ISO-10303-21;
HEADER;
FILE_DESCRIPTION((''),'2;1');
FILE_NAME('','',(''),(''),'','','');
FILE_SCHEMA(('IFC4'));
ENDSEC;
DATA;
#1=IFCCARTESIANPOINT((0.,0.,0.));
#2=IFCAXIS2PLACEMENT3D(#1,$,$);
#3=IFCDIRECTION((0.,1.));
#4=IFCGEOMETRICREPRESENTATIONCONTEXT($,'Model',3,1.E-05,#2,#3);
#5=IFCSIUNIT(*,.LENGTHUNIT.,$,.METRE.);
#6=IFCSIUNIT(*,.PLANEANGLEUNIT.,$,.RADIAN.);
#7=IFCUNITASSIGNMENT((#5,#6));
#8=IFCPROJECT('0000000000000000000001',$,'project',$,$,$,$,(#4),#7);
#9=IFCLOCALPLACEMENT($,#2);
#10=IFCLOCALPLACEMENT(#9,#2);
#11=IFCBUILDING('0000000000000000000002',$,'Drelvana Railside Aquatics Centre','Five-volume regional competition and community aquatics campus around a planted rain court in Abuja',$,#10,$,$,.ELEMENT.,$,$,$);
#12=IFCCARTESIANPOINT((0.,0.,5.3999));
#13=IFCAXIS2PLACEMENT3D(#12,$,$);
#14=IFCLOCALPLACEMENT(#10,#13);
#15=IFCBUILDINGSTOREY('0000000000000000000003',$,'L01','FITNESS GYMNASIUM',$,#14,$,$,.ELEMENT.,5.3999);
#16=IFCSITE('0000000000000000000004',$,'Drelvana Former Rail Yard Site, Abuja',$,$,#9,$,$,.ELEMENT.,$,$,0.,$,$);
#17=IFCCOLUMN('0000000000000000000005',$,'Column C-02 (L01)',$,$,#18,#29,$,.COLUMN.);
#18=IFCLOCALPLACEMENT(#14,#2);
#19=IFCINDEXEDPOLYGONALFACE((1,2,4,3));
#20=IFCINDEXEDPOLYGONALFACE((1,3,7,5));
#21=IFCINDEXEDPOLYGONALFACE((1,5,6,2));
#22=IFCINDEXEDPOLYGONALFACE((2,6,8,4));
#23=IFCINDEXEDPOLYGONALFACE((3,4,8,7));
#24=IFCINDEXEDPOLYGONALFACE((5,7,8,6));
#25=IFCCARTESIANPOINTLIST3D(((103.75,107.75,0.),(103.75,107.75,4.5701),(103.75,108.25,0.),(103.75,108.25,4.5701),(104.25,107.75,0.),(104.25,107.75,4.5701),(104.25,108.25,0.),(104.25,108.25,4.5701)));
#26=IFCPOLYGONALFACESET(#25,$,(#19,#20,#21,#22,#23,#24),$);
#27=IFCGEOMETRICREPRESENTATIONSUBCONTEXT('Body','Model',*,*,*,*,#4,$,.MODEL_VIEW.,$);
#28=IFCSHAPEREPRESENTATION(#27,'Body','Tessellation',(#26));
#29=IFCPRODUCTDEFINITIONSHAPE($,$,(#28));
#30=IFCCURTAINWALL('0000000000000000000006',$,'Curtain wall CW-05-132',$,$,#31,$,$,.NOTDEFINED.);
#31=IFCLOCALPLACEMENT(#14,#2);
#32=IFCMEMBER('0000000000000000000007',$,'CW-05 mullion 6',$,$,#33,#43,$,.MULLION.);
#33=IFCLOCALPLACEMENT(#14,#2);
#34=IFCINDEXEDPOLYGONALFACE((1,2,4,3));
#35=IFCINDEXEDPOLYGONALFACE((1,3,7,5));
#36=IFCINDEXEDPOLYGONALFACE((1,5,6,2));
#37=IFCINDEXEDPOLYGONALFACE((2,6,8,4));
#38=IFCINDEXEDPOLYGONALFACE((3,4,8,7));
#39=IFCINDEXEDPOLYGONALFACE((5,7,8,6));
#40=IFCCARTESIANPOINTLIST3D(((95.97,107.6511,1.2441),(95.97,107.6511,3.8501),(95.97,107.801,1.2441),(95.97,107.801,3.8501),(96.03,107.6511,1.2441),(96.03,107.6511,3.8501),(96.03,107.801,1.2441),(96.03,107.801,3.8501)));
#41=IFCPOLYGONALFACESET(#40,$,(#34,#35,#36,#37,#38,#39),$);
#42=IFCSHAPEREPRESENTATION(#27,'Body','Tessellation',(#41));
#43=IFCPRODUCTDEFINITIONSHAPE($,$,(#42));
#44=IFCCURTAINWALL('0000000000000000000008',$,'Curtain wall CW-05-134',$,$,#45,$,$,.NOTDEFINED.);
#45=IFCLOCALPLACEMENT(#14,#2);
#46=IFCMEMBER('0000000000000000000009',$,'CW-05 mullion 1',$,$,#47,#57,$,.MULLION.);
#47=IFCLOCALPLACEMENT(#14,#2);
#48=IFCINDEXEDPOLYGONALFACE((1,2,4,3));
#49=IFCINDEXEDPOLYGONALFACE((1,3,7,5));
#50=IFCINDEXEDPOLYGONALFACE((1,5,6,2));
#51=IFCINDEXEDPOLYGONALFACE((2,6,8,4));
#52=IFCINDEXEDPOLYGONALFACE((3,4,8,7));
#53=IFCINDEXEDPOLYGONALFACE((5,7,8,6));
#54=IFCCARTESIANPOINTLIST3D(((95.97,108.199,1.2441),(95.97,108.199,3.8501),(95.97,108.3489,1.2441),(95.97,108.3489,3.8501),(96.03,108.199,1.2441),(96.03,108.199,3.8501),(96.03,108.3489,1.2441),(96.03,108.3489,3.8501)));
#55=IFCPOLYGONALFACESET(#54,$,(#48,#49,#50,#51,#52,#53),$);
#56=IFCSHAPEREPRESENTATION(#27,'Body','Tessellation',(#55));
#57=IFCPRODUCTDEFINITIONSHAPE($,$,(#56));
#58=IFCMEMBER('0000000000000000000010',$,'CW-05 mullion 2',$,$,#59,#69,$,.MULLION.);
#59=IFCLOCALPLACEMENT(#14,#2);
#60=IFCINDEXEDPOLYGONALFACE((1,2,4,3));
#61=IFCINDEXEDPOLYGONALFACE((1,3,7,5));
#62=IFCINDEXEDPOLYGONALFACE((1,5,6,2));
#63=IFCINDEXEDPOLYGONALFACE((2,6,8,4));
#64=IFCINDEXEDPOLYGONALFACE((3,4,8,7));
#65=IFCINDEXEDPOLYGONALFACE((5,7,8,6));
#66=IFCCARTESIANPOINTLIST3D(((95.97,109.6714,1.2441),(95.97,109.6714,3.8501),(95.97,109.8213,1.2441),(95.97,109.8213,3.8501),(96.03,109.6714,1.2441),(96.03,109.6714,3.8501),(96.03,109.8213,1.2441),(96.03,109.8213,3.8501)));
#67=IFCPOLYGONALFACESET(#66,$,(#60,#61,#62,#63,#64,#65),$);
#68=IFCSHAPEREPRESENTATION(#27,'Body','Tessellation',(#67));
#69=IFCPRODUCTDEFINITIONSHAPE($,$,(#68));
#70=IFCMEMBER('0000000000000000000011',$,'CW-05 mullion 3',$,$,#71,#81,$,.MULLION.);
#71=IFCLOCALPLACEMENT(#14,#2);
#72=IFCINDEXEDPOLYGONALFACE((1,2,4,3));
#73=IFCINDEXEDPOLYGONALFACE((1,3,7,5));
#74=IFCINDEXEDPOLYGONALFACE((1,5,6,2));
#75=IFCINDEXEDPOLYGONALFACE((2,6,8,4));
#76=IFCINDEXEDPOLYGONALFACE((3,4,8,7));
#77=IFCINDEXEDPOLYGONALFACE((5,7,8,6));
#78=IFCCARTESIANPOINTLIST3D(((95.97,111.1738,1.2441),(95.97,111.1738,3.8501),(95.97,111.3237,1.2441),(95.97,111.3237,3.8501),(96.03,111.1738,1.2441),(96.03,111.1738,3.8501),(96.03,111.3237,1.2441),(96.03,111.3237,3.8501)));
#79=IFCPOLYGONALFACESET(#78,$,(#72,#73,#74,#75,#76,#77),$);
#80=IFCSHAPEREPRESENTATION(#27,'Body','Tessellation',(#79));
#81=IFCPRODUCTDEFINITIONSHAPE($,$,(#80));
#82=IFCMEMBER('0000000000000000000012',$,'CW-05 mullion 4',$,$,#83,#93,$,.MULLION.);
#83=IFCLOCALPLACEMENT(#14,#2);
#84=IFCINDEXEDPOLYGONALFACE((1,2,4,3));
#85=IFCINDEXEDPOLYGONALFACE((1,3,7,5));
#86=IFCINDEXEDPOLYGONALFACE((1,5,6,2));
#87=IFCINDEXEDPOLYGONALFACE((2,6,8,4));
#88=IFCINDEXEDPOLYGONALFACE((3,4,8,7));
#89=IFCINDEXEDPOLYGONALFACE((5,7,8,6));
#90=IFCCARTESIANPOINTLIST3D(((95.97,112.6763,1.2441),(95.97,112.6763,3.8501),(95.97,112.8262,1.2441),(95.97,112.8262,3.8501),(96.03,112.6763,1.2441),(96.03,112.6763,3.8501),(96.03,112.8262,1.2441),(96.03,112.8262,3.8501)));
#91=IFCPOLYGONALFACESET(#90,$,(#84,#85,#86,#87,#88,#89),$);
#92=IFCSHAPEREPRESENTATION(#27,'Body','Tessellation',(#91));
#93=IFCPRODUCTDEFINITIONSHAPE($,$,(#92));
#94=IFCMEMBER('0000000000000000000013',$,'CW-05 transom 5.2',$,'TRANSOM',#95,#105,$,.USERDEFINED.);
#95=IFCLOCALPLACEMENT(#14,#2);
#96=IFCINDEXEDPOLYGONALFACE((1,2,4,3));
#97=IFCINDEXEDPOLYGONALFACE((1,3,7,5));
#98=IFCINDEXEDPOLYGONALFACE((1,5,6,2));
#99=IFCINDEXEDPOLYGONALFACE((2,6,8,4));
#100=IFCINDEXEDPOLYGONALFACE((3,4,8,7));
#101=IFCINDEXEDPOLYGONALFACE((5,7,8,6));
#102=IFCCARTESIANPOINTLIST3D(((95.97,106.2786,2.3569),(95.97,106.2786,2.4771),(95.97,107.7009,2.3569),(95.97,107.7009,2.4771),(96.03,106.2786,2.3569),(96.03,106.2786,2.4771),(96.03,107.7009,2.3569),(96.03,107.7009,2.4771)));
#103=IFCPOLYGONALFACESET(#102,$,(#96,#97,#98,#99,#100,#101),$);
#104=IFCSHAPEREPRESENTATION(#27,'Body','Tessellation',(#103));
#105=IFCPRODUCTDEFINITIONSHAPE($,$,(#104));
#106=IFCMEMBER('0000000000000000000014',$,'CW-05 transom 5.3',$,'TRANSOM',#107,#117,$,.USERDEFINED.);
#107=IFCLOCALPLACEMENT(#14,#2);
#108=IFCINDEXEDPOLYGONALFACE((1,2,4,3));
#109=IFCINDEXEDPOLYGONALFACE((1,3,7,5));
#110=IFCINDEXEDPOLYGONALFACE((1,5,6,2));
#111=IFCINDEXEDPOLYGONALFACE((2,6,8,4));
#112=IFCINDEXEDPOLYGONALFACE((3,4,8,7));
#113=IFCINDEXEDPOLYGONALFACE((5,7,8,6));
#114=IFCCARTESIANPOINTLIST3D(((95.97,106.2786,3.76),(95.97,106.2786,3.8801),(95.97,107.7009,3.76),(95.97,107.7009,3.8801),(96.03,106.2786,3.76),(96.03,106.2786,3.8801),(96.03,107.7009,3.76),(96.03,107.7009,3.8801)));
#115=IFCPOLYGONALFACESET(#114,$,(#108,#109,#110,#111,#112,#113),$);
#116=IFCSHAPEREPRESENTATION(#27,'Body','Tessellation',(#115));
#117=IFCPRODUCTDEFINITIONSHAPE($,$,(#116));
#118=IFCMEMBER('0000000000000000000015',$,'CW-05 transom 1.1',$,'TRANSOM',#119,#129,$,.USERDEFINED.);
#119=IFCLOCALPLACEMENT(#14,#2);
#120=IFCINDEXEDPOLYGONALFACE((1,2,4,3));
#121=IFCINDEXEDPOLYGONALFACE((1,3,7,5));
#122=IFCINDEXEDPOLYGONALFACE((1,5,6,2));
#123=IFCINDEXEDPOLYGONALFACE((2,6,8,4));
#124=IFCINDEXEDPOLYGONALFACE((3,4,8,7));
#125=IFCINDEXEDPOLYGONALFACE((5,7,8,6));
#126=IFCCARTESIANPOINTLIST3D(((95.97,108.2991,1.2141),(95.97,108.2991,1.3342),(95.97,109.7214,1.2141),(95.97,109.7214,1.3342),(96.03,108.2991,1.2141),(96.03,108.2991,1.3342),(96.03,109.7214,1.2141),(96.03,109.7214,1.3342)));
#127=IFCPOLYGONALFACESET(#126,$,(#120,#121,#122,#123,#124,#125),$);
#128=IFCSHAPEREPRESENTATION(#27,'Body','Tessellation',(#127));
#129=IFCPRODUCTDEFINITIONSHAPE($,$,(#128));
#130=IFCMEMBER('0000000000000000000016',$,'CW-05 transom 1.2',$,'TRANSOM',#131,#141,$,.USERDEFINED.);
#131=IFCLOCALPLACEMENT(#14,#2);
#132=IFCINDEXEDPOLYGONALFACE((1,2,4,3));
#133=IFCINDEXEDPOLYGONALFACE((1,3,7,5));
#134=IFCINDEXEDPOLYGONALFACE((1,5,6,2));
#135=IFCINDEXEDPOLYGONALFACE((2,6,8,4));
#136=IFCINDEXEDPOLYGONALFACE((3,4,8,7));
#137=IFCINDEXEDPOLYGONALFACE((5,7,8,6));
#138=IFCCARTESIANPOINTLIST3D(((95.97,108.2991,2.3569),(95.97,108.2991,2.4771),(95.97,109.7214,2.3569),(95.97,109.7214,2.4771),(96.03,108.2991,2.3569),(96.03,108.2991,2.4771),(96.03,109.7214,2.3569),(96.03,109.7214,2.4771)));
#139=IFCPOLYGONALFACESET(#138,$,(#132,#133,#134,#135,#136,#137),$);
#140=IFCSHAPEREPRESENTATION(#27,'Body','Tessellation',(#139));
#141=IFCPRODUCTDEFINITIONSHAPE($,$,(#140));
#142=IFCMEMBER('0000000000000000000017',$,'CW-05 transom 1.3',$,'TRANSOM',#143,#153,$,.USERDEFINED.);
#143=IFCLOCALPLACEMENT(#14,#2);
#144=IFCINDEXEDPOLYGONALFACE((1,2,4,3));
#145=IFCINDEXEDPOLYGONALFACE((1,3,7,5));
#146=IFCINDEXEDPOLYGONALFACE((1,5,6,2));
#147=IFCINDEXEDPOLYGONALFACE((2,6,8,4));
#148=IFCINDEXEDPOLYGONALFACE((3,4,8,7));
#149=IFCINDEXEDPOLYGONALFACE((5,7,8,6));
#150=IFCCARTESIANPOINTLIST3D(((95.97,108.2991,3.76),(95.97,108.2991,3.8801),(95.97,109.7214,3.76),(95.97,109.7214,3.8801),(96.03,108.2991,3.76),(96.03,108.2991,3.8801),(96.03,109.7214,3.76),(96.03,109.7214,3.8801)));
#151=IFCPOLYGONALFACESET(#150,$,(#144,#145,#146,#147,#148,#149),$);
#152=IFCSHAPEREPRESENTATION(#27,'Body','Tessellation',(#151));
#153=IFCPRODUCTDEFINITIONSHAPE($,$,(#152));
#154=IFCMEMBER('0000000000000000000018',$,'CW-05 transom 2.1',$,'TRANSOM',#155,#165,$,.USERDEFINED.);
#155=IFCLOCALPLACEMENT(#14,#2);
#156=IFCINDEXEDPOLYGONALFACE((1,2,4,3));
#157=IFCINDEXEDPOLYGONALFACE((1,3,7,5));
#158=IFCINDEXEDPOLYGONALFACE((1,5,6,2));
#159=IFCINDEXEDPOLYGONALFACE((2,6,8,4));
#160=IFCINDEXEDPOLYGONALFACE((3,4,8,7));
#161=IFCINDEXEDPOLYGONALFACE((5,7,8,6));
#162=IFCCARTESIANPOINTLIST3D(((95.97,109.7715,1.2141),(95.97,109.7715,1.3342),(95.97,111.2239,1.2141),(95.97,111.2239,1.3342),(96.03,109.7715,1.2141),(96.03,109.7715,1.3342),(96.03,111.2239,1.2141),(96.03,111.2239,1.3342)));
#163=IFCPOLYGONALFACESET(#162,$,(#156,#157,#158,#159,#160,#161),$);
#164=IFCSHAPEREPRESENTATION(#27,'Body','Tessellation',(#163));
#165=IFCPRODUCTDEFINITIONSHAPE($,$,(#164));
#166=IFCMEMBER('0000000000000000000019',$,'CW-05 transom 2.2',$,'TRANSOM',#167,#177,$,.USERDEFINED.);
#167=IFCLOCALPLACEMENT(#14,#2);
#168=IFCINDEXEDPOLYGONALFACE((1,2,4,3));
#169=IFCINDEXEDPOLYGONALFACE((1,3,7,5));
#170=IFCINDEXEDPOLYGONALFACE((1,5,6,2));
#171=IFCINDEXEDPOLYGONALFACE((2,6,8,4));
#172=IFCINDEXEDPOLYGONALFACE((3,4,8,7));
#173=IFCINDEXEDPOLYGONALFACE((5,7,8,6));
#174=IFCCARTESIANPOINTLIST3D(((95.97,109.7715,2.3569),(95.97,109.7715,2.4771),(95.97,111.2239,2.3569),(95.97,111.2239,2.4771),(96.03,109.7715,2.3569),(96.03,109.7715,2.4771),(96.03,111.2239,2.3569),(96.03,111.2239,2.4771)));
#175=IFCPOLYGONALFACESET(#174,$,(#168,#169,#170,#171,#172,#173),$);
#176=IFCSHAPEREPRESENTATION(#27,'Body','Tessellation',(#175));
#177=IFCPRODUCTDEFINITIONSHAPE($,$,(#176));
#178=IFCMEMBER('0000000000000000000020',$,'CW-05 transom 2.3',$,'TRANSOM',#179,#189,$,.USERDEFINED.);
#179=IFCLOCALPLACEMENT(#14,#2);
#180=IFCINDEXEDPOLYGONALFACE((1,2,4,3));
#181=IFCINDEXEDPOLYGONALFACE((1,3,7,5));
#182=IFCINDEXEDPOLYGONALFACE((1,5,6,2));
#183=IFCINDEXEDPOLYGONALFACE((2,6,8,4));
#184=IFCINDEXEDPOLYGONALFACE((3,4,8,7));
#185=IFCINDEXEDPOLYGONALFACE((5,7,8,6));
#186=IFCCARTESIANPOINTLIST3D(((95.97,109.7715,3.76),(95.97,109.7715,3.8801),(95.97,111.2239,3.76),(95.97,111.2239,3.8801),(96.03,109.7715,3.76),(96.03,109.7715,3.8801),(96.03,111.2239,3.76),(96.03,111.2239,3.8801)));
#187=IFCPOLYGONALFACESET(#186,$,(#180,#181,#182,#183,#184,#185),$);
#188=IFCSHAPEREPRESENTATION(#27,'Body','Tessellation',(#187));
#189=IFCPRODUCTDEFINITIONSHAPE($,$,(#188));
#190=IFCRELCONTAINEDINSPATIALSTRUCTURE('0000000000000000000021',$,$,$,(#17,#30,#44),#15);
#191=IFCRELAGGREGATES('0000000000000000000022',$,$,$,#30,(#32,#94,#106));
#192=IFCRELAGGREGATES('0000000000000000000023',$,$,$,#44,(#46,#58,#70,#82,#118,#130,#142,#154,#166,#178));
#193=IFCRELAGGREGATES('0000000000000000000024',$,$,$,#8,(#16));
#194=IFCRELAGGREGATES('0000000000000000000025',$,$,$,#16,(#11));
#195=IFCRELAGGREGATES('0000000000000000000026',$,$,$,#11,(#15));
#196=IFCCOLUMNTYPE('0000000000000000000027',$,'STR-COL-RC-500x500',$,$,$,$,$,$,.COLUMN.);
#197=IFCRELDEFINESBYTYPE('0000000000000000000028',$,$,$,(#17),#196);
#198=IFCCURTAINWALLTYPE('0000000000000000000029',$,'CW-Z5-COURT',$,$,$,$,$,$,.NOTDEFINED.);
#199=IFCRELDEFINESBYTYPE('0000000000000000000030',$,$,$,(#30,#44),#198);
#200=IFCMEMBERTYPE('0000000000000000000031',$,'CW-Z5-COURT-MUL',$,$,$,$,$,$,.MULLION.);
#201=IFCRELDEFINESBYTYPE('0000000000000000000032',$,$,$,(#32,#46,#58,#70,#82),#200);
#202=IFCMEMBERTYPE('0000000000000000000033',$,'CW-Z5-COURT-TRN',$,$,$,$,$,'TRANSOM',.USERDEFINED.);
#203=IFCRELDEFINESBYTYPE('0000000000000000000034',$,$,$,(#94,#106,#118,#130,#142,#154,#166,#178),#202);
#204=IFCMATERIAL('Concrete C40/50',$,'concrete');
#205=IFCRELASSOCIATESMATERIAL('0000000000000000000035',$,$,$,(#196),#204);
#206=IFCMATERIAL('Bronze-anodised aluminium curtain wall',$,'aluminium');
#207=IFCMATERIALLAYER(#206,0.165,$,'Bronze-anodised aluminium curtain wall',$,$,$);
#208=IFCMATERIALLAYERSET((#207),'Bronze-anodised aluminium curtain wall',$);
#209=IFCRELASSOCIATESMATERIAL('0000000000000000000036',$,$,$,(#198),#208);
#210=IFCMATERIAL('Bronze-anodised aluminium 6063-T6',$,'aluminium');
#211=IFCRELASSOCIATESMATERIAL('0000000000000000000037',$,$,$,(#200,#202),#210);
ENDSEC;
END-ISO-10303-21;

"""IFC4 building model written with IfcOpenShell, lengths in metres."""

from ifc_helpers import new_model, si_unit, direction, frame, origin, origin_2d, place, context, subcontext, project, spatial, rectangle, extrude, material, layer, layer_set, material_profile, profile_set, type_object, element, aggregate, save


model = new_model("IFC4")

# Units and contexts
model_context = context("Model", 3, precision=1e-05, world=origin(), true_north=direction((0.0, 1.0)))
body_context = subcontext(model_context, "Body", "Model", "MODEL_VIEW")
ifc_project = project(units=[si_unit("LENGTHUNIT", "METRE"), si_unit("PLANEANGLEUNIT", "RADIAN")], contexts=[model_context])

# Site, building, storey
site_placement = place(None, origin())
site = spatial("IfcSite", under=ifc_project, at=site_placement, Name="Drelvana Former Rail Yard Site, Abuja", CompositionType="ELEMENT", RefElevation=0.0)
building_placement = place(site_placement, origin())
building = spatial("IfcBuilding", under=site, at=building_placement, Name="Drelvana Railside Aquatics Centre", Description="Five-volume regional competition and community aquatics campus around a planted rain court in Abuja", CompositionType="ELEMENT")
storey_placement = place(building_placement, frame((0.0, 0.0, 5.3999)))
storey = spatial("IfcBuildingStorey", under=building, at=storey_placement, Name="L01", Description="FITNESS GYMNASIUM", CompositionType="ELEMENT", Elevation=5.3999)

# Column
ifc_material_1 = material(Name="Concrete C40/50", Category="concrete")
ifc_material_profile_1 = material_profile(ifc_material_1, rectangle(XDim=0.5, YDim=0.5, at=origin_2d()), Name="RC 500x500")
ifc_profile_set_1 = profile_set([ifc_material_profile_1], Name="Concrete C40/50")
column_type = type_object("IfcColumnType", Name="STR-COL-RC-500x500", PredefinedType="COLUMN", material=ifc_profile_set_1)
column_placement = place(storey_placement, frame((104.0, 108.0, 0.0), z_axis=(0.0, 0.0, 1.0), x_axis=(1.0, 0.0, 0.0)))
element("IfcColumn", 1, at=column_placement, inside=storey, type_object=column_type, Name="Column C-02 (L01)", PredefinedType="COLUMN", context=body_context, shape_type="SweptSolid", body=[
    extrude(rectangle(XDim=0.5, YDim=0.5, at=origin_2d()), origin(), (0.0, 0.0, 1.0), 4.5701),
])

# Curtain wall, member
ifc_material_2 = material(Name="Bronze-anodised aluminium curtain wall", Category="aluminium")
ifc_layer_1 = layer(ifc_material_2, 0.165, Name="Bronze-anodised aluminium curtain wall")
ifc_layer_set_1 = layer_set([ifc_layer_1], Name="Bronze-anodised aluminium curtain wall")
curtain_wall_type = type_object("IfcCurtainWallType", Name="CW-Z5-COURT", PredefinedType="NOTDEFINED", material=ifc_layer_set_1)
curtain_wall_1_placement = place(storey_placement, origin())
curtain_wall_1 = element("IfcCurtainWall", 2, at=curtain_wall_1_placement, inside=storey, type_object=curtain_wall_type, Name="Curtain wall CW-05-132", PredefinedType="NOTDEFINED")
ifc_material_3 = material(Name="Bronze-anodised aluminium 6063-T6", Category="aluminium")
ifc_material_profile_2 = material_profile(ifc_material_3, rectangle(XDim=0.0601, YDim=0.1499, at=origin_2d()), Name="ALU-M 60x150")
ifc_profile_set_2 = profile_set([ifc_material_profile_2], Name="Bronze-anodised aluminium 6063-T6")
member_type_1 = type_object("IfcMemberType", Name="CW-Z5-COURT-MUL", PredefinedType="MULLION", material=ifc_profile_set_2)
member_1_placement = place(storey_placement, frame((96.0, 107.7261, 1.2441), z_axis=(0.0, 0.0, 1.0), x_axis=(-1.0, 0.0, 0.0)))
member_1 = element("IfcMember", 3, at=member_1_placement, type_object=member_type_1, Name="CW-05 mullion 6", PredefinedType="MULLION", context=body_context, shape_type="SweptSolid", body=[
    extrude(rectangle(XDim=0.0601, YDim=0.1499, at=origin_2d()), origin(), (0.0, 0.0, 1.0), 2.606),
])

# Curtain wall, members
curtain_wall_2_placement = place(storey_placement, origin())
curtain_wall_2 = element("IfcCurtainWall", 4, at=curtain_wall_2_placement, inside=storey, type_object=curtain_wall_type, Name="Curtain wall CW-05-134", PredefinedType="NOTDEFINED")
member_2_placement = place(storey_placement, frame((96.0, 108.2739, 1.2441), z_axis=(0.0, 0.0, 1.0), x_axis=(-1.0, 0.0, 0.0)))
member_2 = element("IfcMember", 5, at=member_2_placement, type_object=member_type_1, Name="CW-05 mullion 1", PredefinedType="MULLION", context=body_context, shape_type="SweptSolid", body=[
    extrude(rectangle(XDim=0.0601, YDim=0.1499, at=origin_2d()), origin(), (0.0, 0.0, 1.0), 2.606),
])
member_3_placement = place(storey_placement, frame((96.0, 109.7463, 1.2441), z_axis=(0.0, 0.0, 1.0), x_axis=(-1.0, 0.0, 0.0)))
member_3 = element("IfcMember", 6, at=member_3_placement, type_object=member_type_1, Name="CW-05 mullion 2", PredefinedType="MULLION", context=body_context, shape_type="SweptSolid", body=[
    extrude(rectangle(XDim=0.0601, YDim=0.1499, at=origin_2d()), origin(), (0.0, 0.0, 1.0), 2.606),
])
member_4_placement = place(storey_placement, frame((96.0, 111.2488, 1.2441), z_axis=(0.0, 0.0, 1.0), x_axis=(-1.0, 0.0, 0.0)))
member_4 = element("IfcMember", 7, at=member_4_placement, type_object=member_type_1, Name="CW-05 mullion 3", PredefinedType="MULLION", context=body_context, shape_type="SweptSolid", body=[
    extrude(rectangle(XDim=0.0601, YDim=0.1499, at=origin_2d()), origin(), (0.0, 0.0, 1.0), 2.606),
])
member_5_placement = place(storey_placement, frame((96.0, 112.7512, 1.2441), z_axis=(0.0, 0.0, 1.0), x_axis=(-1.0, 0.0, 0.0)))
member_5 = element("IfcMember", 8, at=member_5_placement, type_object=member_type_1, Name="CW-05 mullion 4", PredefinedType="MULLION", context=body_context, shape_type="SweptSolid", body=[
    extrude(rectangle(XDim=0.0601, YDim=0.1499, at=origin_2d()), origin(), (0.0, 0.0, 1.0), 2.606),
])

# Members
ifc_material_profile_3 = material_profile(ifc_material_3, rectangle(XDim=0.1201, YDim=0.0601, at=origin_2d()), Name="ALU-T 60x120")
ifc_profile_set_3 = profile_set([ifc_material_profile_3], Name="Bronze-anodised aluminium 6063-T6")
member_type_2 = type_object("IfcMemberType", Name="CW-Z5-COURT-TRN", ElementType="TRANSOM", PredefinedType="USERDEFINED", material=ifc_profile_set_3)
member_6_placement = place(storey_placement, frame((96.0, 106.2786, 2.417), z_axis=(0.0, 1.0, 0.0), x_axis=(0.0, 0.0, 1.0)))
member_6 = element("IfcMember", 9, at=member_6_placement, type_object=member_type_2, Name="CW-05 transom 5.2", ObjectType="TRANSOM", PredefinedType="USERDEFINED", context=body_context, shape_type="SweptSolid", body=[
    extrude(rectangle(XDim=0.1201, YDim=0.0601, at=origin_2d()), origin(), (0.0, 0.0, 1.0), 1.4224),
])
member_7_placement = place(storey_placement, frame((96.0, 106.2786, 3.8201), z_axis=(0.0, 1.0, 0.0), x_axis=(0.0, 0.0, 1.0)))
member_7 = element("IfcMember", 10, at=member_7_placement, type_object=member_type_2, Name="CW-05 transom 5.3", ObjectType="TRANSOM", PredefinedType="USERDEFINED", context=body_context, shape_type="SweptSolid", body=[
    extrude(rectangle(XDim=0.1201, YDim=0.0601, at=origin_2d()), origin(), (0.0, 0.0, 1.0), 1.4224),
])
member_8_placement = place(storey_placement, frame((96.0, 108.2991, 1.2742), z_axis=(0.0, 1.0, 0.0), x_axis=(0.0, 0.0, 1.0)))
member_8 = element("IfcMember", 11, at=member_8_placement, type_object=member_type_2, Name="CW-05 transom 1.1", ObjectType="TRANSOM", PredefinedType="USERDEFINED", context=body_context, shape_type="SweptSolid", body=[
    extrude(rectangle(XDim=0.1201, YDim=0.0601, at=origin_2d()), origin(), (0.0, 0.0, 1.0), 1.4224),
])
member_9_placement = place(storey_placement, frame((96.0, 108.2991, 2.417), z_axis=(0.0, 1.0, 0.0), x_axis=(0.0, 0.0, 1.0)))
member_9 = element("IfcMember", 12, at=member_9_placement, type_object=member_type_2, Name="CW-05 transom 1.2", ObjectType="TRANSOM", PredefinedType="USERDEFINED", context=body_context, shape_type="SweptSolid", body=[
    extrude(rectangle(XDim=0.1201, YDim=0.0601, at=origin_2d()), origin(), (0.0, 0.0, 1.0), 1.4224),
])
member_10_placement = place(storey_placement, frame((96.0, 108.2991, 3.8201), z_axis=(0.0, 1.0, 0.0), x_axis=(0.0, 0.0, 1.0)))
member_10 = element("IfcMember", 13, at=member_10_placement, type_object=member_type_2, Name="CW-05 transom 1.3", ObjectType="TRANSOM", PredefinedType="USERDEFINED", context=body_context, shape_type="SweptSolid", body=[
    extrude(rectangle(XDim=0.1201, YDim=0.0601, at=origin_2d()), origin(), (0.0, 0.0, 1.0), 1.4224),
])
member_11_placement = place(storey_placement, frame((96.0, 109.7715, 1.2742), z_axis=(0.0, 1.0, 0.0), x_axis=(0.0, 0.0, 1.0)))
member_11 = element("IfcMember", 14, at=member_11_placement, type_object=member_type_2, Name="CW-05 transom 2.1", ObjectType="TRANSOM", PredefinedType="USERDEFINED", context=body_context, shape_type="SweptSolid", body=[
    extrude(rectangle(XDim=0.1201, YDim=0.0601, at=origin_2d()), origin(), (0.0, 0.0, 1.0), 1.4524),
])
member_12_placement = place(storey_placement, frame((96.0, 109.7715, 2.417), z_axis=(0.0, 1.0, 0.0), x_axis=(0.0, 0.0, 1.0)))
member_12 = element("IfcMember", 15, at=member_12_placement, type_object=member_type_2, Name="CW-05 transom 2.2", ObjectType="TRANSOM", PredefinedType="USERDEFINED", context=body_context, shape_type="SweptSolid", body=[
    extrude(rectangle(XDim=0.1201, YDim=0.0601, at=origin_2d()), origin(), (0.0, 0.0, 1.0), 1.4524),
])
member_13_placement = place(storey_placement, frame((96.0, 109.7715, 3.8201), z_axis=(0.0, 1.0, 0.0), x_axis=(0.0, 0.0, 1.0)))
member_13 = element("IfcMember", 16, at=member_13_placement, type_object=member_type_2, Name="CW-05 transom 2.3", ObjectType="TRANSOM", PredefinedType="USERDEFINED", context=body_context, shape_type="SweptSolid", body=[
    extrude(rectangle(XDim=0.1201, YDim=0.0601, at=origin_2d()), origin(), (0.0, 0.0, 1.0), 1.4524),
])

aggregate(curtain_wall_1, [member_1, member_6, member_7])
aggregate(curtain_wall_2, [member_2, member_3, member_4, member_5, member_8, member_9, member_10, member_11, member_12, member_13])

save(model, "model.ifc")
